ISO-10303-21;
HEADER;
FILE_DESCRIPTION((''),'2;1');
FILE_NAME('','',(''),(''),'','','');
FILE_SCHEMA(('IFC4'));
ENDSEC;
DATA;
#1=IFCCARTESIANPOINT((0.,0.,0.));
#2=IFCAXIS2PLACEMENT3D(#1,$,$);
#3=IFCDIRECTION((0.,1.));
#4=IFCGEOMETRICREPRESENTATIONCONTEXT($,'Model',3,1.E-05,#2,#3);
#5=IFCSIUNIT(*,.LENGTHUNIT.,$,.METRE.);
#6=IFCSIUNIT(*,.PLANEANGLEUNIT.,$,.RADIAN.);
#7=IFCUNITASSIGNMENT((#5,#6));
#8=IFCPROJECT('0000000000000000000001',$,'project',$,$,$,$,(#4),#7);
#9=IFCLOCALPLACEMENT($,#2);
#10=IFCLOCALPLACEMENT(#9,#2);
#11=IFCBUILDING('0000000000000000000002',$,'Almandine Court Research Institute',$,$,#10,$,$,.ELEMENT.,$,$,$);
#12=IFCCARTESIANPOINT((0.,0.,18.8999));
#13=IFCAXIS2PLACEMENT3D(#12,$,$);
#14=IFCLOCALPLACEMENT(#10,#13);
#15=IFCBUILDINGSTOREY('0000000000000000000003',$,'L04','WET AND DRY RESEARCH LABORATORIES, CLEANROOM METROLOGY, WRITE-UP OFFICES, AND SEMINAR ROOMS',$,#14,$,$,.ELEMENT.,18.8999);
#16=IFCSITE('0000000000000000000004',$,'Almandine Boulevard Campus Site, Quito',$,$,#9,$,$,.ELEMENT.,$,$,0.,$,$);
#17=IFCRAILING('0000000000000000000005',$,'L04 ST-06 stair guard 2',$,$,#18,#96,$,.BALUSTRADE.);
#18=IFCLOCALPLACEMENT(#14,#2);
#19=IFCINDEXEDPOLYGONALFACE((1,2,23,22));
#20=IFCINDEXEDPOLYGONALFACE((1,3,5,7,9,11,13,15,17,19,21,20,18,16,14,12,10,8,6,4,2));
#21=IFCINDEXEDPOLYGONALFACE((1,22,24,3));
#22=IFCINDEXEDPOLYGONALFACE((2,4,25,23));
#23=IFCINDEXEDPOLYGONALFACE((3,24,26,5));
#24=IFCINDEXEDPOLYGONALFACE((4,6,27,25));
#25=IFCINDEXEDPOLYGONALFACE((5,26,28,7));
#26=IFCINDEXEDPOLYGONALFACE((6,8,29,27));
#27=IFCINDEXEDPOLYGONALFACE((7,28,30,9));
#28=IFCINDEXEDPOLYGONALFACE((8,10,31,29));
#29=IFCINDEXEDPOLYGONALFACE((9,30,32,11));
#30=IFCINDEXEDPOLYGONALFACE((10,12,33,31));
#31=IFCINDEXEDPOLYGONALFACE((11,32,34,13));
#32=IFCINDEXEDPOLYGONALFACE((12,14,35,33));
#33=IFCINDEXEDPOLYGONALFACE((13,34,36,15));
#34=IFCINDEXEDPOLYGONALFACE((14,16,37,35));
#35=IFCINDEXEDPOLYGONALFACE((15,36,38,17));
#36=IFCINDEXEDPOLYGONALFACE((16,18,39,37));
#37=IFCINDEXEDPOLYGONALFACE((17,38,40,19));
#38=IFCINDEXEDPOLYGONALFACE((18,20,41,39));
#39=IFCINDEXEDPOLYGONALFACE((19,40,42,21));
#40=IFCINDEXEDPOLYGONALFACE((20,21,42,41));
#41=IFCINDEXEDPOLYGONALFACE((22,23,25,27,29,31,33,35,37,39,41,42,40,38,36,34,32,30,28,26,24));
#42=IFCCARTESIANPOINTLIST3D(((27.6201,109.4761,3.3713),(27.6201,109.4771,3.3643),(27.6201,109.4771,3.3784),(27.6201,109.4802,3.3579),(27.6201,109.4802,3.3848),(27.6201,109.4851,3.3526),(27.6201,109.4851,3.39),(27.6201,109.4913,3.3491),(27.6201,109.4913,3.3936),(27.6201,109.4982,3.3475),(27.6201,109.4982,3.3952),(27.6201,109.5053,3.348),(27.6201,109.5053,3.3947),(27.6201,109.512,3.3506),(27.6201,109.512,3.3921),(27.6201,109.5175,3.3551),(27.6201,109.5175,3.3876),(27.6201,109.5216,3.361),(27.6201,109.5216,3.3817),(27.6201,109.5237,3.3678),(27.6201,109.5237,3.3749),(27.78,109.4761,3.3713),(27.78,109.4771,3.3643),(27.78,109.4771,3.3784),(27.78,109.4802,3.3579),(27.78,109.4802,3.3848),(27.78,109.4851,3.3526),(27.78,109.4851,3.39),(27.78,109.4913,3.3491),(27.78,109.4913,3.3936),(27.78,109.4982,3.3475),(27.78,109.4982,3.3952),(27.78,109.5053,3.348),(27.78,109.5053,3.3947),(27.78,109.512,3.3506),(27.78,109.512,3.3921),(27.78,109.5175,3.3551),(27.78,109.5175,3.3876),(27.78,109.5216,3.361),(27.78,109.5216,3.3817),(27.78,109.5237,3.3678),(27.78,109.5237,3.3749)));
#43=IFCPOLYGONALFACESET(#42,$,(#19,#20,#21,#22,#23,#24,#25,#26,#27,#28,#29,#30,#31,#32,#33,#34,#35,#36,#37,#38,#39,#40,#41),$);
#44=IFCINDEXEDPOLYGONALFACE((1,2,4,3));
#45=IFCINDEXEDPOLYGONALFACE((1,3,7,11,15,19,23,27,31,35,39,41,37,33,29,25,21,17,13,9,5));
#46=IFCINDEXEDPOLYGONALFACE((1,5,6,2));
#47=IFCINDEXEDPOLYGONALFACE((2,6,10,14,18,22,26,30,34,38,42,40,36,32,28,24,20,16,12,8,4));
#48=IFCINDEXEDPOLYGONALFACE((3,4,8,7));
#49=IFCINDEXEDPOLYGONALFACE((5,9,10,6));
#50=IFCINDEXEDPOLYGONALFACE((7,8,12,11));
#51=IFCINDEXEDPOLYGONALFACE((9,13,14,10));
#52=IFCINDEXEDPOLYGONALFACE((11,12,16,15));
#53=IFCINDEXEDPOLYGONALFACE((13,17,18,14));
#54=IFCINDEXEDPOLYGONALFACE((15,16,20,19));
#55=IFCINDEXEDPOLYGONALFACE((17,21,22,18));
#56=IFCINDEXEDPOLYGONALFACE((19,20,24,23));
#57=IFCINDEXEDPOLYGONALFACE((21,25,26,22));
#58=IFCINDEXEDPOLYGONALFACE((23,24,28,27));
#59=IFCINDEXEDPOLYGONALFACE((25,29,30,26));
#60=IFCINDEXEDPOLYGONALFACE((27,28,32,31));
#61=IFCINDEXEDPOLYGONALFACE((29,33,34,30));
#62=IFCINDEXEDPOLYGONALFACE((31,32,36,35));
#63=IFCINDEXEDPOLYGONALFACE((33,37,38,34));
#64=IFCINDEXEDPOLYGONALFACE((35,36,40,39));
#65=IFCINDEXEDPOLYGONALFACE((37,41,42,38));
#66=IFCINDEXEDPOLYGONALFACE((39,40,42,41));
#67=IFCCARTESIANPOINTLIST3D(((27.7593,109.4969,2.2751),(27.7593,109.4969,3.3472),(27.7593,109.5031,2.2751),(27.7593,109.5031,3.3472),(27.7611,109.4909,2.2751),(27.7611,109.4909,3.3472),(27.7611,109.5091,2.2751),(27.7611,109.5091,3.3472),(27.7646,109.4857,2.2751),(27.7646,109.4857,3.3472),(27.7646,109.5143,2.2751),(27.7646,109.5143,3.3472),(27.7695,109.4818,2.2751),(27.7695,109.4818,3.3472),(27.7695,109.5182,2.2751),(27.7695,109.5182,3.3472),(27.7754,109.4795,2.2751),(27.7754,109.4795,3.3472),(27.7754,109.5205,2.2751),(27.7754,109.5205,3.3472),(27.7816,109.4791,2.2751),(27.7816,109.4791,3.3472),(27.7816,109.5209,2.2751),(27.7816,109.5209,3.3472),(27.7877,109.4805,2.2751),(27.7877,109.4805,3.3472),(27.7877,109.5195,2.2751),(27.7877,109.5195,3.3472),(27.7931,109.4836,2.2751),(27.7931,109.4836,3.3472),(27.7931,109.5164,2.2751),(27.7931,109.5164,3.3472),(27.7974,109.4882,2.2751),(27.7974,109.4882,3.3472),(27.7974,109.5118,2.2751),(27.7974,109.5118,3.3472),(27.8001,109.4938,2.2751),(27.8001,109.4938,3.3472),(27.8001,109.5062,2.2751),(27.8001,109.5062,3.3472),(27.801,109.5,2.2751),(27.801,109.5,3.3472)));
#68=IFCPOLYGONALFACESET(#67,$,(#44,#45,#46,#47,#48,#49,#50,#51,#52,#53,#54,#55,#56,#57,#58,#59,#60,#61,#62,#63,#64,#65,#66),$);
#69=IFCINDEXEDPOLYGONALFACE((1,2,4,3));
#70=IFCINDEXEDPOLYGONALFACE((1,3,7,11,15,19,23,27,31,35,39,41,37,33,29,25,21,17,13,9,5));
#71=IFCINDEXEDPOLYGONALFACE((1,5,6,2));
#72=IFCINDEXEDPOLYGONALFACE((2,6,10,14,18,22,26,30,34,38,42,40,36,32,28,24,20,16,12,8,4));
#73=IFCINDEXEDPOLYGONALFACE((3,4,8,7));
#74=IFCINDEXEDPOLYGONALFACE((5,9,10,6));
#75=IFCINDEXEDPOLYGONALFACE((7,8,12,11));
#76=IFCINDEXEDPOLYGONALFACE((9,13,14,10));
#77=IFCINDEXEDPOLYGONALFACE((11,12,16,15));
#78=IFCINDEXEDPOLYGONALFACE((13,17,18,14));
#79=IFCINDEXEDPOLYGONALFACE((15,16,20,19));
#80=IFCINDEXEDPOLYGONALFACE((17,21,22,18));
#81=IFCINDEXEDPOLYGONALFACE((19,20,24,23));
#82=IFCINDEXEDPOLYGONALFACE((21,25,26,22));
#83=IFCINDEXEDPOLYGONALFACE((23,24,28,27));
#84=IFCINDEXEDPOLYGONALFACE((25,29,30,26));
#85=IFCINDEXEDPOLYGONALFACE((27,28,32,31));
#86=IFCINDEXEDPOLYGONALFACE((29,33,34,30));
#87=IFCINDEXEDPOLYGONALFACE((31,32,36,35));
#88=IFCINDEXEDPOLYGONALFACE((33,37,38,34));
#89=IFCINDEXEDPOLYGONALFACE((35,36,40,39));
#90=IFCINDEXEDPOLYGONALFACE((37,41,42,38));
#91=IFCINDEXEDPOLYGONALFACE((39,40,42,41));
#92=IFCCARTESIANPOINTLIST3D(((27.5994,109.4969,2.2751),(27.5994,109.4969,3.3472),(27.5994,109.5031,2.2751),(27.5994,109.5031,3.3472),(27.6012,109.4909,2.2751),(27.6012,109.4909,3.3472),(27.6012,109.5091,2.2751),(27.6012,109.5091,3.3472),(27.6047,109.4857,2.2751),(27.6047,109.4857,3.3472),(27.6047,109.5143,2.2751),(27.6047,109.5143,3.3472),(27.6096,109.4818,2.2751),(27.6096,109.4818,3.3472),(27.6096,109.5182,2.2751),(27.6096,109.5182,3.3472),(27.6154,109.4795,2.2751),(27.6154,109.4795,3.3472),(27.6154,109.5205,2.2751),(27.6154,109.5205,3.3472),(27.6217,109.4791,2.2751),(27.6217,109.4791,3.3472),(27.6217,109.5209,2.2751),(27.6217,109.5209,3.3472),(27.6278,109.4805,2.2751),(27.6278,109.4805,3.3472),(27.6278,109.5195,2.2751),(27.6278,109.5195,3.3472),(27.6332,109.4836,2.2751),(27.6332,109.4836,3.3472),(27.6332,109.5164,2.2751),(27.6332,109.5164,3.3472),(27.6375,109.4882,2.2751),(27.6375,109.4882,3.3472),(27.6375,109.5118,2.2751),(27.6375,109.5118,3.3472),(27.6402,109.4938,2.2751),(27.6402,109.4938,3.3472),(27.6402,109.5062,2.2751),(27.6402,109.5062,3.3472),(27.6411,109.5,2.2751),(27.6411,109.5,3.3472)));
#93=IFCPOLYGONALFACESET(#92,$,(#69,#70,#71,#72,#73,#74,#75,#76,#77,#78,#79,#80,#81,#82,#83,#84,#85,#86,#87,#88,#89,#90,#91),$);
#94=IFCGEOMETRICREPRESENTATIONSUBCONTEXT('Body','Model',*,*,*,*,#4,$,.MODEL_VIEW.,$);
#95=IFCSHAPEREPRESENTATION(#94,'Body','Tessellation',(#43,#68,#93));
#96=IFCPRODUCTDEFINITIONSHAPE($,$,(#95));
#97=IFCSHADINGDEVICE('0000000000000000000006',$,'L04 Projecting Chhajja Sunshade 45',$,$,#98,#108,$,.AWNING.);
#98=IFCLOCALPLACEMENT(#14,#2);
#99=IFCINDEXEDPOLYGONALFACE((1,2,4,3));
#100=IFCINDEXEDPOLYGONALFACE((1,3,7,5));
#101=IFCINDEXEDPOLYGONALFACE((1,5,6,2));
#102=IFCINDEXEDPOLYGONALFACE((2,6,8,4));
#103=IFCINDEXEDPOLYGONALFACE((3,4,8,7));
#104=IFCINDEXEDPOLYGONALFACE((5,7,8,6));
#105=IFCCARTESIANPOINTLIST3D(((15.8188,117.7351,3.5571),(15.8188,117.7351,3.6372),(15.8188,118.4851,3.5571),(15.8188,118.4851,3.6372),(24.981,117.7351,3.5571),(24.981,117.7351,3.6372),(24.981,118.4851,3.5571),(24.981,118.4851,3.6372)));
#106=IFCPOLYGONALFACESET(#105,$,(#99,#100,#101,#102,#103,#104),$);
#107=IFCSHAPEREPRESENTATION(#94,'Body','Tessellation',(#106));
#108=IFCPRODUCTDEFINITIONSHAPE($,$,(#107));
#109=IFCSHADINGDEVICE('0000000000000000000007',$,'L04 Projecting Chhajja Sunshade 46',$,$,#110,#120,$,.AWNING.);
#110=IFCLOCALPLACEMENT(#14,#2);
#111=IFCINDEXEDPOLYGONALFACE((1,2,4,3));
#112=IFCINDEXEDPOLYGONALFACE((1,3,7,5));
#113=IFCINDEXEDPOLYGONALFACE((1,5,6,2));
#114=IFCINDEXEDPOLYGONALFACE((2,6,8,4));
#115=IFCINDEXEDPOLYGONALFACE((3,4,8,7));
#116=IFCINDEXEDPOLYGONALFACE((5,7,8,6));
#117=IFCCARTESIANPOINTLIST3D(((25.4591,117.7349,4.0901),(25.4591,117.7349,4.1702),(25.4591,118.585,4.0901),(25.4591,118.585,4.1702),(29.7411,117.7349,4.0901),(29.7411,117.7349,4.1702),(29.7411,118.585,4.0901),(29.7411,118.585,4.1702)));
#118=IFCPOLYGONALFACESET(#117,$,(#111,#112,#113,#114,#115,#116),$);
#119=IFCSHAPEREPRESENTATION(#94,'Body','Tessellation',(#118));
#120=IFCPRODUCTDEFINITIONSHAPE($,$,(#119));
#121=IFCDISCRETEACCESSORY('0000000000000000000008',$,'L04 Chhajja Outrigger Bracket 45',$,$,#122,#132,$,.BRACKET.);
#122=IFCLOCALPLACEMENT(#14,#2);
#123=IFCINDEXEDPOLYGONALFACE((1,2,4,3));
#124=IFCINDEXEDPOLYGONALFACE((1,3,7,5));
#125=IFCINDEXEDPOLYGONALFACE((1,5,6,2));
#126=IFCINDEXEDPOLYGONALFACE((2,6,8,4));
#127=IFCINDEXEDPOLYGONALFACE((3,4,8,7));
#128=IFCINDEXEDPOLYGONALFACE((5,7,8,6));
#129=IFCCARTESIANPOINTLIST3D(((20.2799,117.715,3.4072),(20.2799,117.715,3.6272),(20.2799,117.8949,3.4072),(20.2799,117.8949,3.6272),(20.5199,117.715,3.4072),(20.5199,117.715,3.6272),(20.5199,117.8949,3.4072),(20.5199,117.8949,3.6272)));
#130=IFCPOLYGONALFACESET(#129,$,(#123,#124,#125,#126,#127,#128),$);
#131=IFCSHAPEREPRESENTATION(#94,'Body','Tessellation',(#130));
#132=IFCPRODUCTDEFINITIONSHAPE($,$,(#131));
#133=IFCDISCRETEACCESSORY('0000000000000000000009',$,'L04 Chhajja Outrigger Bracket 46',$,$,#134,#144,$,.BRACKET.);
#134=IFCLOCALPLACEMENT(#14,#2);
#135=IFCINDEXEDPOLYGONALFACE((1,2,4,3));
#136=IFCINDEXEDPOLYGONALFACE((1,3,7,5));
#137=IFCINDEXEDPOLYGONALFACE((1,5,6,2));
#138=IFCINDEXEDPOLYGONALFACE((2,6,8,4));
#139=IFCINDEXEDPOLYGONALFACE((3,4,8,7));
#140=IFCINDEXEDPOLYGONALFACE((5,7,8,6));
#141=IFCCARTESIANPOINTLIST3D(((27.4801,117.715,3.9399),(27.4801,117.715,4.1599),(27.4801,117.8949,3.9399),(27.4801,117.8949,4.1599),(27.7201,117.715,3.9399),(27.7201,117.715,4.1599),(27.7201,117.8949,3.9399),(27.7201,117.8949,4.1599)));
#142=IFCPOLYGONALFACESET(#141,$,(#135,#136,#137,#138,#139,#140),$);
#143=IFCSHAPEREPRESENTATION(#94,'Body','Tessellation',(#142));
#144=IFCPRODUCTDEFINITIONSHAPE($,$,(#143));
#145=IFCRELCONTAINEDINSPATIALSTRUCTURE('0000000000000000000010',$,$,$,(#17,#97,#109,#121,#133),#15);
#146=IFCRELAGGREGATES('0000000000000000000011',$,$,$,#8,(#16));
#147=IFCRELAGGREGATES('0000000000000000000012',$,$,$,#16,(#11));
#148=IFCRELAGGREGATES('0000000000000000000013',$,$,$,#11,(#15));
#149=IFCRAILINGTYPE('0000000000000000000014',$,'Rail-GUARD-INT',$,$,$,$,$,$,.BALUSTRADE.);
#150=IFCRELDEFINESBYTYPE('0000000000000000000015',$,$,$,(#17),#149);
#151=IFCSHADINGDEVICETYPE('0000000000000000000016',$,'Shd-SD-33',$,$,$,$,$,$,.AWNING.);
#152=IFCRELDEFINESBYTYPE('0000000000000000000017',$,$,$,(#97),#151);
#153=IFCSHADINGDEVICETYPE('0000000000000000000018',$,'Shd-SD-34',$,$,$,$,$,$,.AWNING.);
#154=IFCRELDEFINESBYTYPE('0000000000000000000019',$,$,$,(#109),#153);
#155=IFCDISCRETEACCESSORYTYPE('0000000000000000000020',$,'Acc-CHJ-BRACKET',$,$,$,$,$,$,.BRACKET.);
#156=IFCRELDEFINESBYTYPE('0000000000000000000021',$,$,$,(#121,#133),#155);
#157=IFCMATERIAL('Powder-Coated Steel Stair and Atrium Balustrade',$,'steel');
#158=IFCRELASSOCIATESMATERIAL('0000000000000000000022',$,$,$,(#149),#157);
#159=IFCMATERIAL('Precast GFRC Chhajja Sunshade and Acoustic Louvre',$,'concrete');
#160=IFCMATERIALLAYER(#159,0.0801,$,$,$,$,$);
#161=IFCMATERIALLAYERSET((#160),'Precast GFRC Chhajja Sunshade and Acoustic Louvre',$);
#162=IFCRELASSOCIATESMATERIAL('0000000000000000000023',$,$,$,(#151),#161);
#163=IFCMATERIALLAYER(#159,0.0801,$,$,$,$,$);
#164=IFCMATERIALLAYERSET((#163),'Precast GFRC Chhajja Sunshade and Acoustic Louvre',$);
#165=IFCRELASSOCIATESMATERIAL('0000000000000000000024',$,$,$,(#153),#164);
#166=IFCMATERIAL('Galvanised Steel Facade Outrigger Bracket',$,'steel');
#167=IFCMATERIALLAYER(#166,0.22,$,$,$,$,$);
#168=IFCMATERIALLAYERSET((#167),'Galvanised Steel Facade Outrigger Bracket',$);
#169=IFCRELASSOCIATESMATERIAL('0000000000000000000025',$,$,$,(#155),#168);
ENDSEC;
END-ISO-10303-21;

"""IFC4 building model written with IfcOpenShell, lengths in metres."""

from ifc_helpers import new_model, si_unit, direction, frame, origin, origin_2d, place, context, subcontext, project, spatial, rectangle, circle, extrude, material, layer, layer_set, type_object, element, save


model = new_model("IFC4")

# Units and contexts
model_context = context("Model", 3, precision=1e-05, world=origin(), true_north=direction((0.0, 1.0)))
body_context = subcontext(model_context, "Body", "Model", "MODEL_VIEW")
ifc_project = project(units=[si_unit("LENGTHUNIT", "METRE"), si_unit("PLANEANGLEUNIT", "RADIAN")], contexts=[model_context])

# Site, building, storey
site_placement = place(None, origin())
site = spatial("IfcSite", under=ifc_project, at=site_placement, Name="Almandine Boulevard Campus Site, Quito", CompositionType="ELEMENT", RefElevation=0.0)
building_placement = place(site_placement, origin())
building = spatial("IfcBuilding", under=site, at=building_placement, Name="Almandine Court Research Institute", CompositionType="ELEMENT")
storey_placement = place(building_placement, frame((0.0, 0.0, 18.8999)))
storey = spatial("IfcBuildingStorey", under=building, at=storey_placement, Name="L04", Description="WET AND DRY RESEARCH LABORATORIES, CLEANROOM METROLOGY, WRITE-UP OFFICES, AND SEMINAR ROOMS", CompositionType="ELEMENT", Elevation=18.8999)

# Railing
ifc_material_1 = material(Name="Powder-Coated Steel Stair and Atrium Balustrade", Category="steel")
railing_type = type_object("IfcRailingType", Name="Rail-GUARD-INT", PredefinedType="BALUSTRADE", material=ifc_material_1)
railing_placement = place(storey_placement, frame((27.78, 109.5, 2.2751)))
element("IfcRailing", 1, at=railing_placement, inside=storey, type_object=railing_type, Name="L04 ST-06 stair guard 2", PredefinedType="BALUSTRADE", context=body_context, shape_type="SweptSolid", body=[
    extrude(circle(Radius=0.0239, at=origin_2d()), frame((0.0, 0.0, 1.0962), z_axis=(-1.0, 0.0, 0.0), x_axis=(0.0, -1.0, 0.0)), (0.0, 0.0, 1.0), 0.1599),
    extrude(circle(Radius=0.021, at=origin_2d()), origin(), (0.0, 0.0, 1.0), 1.072),
    extrude(circle(Radius=0.021, at=origin_2d()), frame((-0.1599, 0.0, 0.0)), (0.0, 0.0, 1.0), 1.072),
])

# Shading devices
ifc_material_2 = material(Name="Precast GFRC Chhajja Sunshade and Acoustic Louvre", Category="concrete")
ifc_layer_1 = layer(ifc_material_2, 0.0801)
ifc_layer_set_1 = layer_set([ifc_layer_1], Name="Precast GFRC Chhajja Sunshade and Acoustic Louvre")
shading_device_type_1 = type_object("IfcShadingDeviceType", Name="Shd-SD-33", PredefinedType="AWNING", material=ifc_layer_set_1)
shading_device_1_placement = place(storey_placement, frame((20.3999, 118.1101, 3.5571), z_axis=(0.0, 0.0, 1.0), x_axis=(1.0, 0.0, 0.0)))
element("IfcShadingDevice", 2, at=shading_device_1_placement, inside=storey, type_object=shading_device_type_1, Name="L04 Projecting Chhajja Sunshade 45", PredefinedType="AWNING", context=body_context, shape_type="SweptSolid", body=[
    extrude(rectangle(XDim=9.1621, YDim=0.75, at=origin_2d()), origin(), (0.0, 0.0, 1.0), 0.0801),
])
ifc_layer_2 = layer(ifc_material_2, 0.0801)
ifc_layer_set_2 = layer_set([ifc_layer_2], Name="Precast GFRC Chhajja Sunshade and Acoustic Louvre")
shading_device_type_2 = type_object("IfcShadingDeviceType", Name="Shd-SD-34", PredefinedType="AWNING", material=ifc_layer_set_2)
shading_device_2_placement = place(storey_placement, frame((27.6001, 118.1599, 4.0901), z_axis=(0.0, 0.0, 1.0), x_axis=(1.0, 0.0, 0.0)))
element("IfcShadingDevice", 3, at=shading_device_2_placement, inside=storey, type_object=shading_device_type_2, Name="L04 Projecting Chhajja Sunshade 46", PredefinedType="AWNING", context=body_context, shape_type="SweptSolid", body=[
    extrude(rectangle(XDim=4.282, YDim=0.8501, at=origin_2d()), origin(), (0.0, 0.0, 1.0), 0.0801),
])

# Discrete accessories
ifc_material_3 = material(Name="Galvanised Steel Facade Outrigger Bracket", Category="steel")
ifc_layer_3 = layer(ifc_material_3, 0.22)
ifc_layer_set_3 = layer_set([ifc_layer_3], Name="Galvanised Steel Facade Outrigger Bracket")
discrete_accessory_type = type_object("IfcDiscreteAccessoryType", Name="Acc-CHJ-BRACKET", PredefinedType="BRACKET", material=ifc_layer_set_3)
for number, where, z_axis, x_axis, name in (
    (4, (20.3999, 117.8049, 3.4072), (0.0, 0.0, 1.0), (1.0, 0.0, 0.0), "L04 Chhajja Outrigger Bracket 45"),
    (5, (27.6001, 117.8049, 3.9399), (0.0, 0.0, 1.0), (1.0, 0.0, 0.0), "L04 Chhajja Outrigger Bracket 46"),
):
    element("IfcDiscreteAccessory", number, at=place(storey_placement, frame(where, z_axis=z_axis, x_axis=x_axis)), inside=storey, type_object=discrete_accessory_type, Name=name, PredefinedType="BRACKET", context=body_context, shape_type="SweptSolid", body=[
        extrude(rectangle(XDim=0.24, YDim=0.1799, at=origin_2d()), origin(), (0.0, 0.0, 1.0), 0.22),
    ])

save(model, "model.ifc")
